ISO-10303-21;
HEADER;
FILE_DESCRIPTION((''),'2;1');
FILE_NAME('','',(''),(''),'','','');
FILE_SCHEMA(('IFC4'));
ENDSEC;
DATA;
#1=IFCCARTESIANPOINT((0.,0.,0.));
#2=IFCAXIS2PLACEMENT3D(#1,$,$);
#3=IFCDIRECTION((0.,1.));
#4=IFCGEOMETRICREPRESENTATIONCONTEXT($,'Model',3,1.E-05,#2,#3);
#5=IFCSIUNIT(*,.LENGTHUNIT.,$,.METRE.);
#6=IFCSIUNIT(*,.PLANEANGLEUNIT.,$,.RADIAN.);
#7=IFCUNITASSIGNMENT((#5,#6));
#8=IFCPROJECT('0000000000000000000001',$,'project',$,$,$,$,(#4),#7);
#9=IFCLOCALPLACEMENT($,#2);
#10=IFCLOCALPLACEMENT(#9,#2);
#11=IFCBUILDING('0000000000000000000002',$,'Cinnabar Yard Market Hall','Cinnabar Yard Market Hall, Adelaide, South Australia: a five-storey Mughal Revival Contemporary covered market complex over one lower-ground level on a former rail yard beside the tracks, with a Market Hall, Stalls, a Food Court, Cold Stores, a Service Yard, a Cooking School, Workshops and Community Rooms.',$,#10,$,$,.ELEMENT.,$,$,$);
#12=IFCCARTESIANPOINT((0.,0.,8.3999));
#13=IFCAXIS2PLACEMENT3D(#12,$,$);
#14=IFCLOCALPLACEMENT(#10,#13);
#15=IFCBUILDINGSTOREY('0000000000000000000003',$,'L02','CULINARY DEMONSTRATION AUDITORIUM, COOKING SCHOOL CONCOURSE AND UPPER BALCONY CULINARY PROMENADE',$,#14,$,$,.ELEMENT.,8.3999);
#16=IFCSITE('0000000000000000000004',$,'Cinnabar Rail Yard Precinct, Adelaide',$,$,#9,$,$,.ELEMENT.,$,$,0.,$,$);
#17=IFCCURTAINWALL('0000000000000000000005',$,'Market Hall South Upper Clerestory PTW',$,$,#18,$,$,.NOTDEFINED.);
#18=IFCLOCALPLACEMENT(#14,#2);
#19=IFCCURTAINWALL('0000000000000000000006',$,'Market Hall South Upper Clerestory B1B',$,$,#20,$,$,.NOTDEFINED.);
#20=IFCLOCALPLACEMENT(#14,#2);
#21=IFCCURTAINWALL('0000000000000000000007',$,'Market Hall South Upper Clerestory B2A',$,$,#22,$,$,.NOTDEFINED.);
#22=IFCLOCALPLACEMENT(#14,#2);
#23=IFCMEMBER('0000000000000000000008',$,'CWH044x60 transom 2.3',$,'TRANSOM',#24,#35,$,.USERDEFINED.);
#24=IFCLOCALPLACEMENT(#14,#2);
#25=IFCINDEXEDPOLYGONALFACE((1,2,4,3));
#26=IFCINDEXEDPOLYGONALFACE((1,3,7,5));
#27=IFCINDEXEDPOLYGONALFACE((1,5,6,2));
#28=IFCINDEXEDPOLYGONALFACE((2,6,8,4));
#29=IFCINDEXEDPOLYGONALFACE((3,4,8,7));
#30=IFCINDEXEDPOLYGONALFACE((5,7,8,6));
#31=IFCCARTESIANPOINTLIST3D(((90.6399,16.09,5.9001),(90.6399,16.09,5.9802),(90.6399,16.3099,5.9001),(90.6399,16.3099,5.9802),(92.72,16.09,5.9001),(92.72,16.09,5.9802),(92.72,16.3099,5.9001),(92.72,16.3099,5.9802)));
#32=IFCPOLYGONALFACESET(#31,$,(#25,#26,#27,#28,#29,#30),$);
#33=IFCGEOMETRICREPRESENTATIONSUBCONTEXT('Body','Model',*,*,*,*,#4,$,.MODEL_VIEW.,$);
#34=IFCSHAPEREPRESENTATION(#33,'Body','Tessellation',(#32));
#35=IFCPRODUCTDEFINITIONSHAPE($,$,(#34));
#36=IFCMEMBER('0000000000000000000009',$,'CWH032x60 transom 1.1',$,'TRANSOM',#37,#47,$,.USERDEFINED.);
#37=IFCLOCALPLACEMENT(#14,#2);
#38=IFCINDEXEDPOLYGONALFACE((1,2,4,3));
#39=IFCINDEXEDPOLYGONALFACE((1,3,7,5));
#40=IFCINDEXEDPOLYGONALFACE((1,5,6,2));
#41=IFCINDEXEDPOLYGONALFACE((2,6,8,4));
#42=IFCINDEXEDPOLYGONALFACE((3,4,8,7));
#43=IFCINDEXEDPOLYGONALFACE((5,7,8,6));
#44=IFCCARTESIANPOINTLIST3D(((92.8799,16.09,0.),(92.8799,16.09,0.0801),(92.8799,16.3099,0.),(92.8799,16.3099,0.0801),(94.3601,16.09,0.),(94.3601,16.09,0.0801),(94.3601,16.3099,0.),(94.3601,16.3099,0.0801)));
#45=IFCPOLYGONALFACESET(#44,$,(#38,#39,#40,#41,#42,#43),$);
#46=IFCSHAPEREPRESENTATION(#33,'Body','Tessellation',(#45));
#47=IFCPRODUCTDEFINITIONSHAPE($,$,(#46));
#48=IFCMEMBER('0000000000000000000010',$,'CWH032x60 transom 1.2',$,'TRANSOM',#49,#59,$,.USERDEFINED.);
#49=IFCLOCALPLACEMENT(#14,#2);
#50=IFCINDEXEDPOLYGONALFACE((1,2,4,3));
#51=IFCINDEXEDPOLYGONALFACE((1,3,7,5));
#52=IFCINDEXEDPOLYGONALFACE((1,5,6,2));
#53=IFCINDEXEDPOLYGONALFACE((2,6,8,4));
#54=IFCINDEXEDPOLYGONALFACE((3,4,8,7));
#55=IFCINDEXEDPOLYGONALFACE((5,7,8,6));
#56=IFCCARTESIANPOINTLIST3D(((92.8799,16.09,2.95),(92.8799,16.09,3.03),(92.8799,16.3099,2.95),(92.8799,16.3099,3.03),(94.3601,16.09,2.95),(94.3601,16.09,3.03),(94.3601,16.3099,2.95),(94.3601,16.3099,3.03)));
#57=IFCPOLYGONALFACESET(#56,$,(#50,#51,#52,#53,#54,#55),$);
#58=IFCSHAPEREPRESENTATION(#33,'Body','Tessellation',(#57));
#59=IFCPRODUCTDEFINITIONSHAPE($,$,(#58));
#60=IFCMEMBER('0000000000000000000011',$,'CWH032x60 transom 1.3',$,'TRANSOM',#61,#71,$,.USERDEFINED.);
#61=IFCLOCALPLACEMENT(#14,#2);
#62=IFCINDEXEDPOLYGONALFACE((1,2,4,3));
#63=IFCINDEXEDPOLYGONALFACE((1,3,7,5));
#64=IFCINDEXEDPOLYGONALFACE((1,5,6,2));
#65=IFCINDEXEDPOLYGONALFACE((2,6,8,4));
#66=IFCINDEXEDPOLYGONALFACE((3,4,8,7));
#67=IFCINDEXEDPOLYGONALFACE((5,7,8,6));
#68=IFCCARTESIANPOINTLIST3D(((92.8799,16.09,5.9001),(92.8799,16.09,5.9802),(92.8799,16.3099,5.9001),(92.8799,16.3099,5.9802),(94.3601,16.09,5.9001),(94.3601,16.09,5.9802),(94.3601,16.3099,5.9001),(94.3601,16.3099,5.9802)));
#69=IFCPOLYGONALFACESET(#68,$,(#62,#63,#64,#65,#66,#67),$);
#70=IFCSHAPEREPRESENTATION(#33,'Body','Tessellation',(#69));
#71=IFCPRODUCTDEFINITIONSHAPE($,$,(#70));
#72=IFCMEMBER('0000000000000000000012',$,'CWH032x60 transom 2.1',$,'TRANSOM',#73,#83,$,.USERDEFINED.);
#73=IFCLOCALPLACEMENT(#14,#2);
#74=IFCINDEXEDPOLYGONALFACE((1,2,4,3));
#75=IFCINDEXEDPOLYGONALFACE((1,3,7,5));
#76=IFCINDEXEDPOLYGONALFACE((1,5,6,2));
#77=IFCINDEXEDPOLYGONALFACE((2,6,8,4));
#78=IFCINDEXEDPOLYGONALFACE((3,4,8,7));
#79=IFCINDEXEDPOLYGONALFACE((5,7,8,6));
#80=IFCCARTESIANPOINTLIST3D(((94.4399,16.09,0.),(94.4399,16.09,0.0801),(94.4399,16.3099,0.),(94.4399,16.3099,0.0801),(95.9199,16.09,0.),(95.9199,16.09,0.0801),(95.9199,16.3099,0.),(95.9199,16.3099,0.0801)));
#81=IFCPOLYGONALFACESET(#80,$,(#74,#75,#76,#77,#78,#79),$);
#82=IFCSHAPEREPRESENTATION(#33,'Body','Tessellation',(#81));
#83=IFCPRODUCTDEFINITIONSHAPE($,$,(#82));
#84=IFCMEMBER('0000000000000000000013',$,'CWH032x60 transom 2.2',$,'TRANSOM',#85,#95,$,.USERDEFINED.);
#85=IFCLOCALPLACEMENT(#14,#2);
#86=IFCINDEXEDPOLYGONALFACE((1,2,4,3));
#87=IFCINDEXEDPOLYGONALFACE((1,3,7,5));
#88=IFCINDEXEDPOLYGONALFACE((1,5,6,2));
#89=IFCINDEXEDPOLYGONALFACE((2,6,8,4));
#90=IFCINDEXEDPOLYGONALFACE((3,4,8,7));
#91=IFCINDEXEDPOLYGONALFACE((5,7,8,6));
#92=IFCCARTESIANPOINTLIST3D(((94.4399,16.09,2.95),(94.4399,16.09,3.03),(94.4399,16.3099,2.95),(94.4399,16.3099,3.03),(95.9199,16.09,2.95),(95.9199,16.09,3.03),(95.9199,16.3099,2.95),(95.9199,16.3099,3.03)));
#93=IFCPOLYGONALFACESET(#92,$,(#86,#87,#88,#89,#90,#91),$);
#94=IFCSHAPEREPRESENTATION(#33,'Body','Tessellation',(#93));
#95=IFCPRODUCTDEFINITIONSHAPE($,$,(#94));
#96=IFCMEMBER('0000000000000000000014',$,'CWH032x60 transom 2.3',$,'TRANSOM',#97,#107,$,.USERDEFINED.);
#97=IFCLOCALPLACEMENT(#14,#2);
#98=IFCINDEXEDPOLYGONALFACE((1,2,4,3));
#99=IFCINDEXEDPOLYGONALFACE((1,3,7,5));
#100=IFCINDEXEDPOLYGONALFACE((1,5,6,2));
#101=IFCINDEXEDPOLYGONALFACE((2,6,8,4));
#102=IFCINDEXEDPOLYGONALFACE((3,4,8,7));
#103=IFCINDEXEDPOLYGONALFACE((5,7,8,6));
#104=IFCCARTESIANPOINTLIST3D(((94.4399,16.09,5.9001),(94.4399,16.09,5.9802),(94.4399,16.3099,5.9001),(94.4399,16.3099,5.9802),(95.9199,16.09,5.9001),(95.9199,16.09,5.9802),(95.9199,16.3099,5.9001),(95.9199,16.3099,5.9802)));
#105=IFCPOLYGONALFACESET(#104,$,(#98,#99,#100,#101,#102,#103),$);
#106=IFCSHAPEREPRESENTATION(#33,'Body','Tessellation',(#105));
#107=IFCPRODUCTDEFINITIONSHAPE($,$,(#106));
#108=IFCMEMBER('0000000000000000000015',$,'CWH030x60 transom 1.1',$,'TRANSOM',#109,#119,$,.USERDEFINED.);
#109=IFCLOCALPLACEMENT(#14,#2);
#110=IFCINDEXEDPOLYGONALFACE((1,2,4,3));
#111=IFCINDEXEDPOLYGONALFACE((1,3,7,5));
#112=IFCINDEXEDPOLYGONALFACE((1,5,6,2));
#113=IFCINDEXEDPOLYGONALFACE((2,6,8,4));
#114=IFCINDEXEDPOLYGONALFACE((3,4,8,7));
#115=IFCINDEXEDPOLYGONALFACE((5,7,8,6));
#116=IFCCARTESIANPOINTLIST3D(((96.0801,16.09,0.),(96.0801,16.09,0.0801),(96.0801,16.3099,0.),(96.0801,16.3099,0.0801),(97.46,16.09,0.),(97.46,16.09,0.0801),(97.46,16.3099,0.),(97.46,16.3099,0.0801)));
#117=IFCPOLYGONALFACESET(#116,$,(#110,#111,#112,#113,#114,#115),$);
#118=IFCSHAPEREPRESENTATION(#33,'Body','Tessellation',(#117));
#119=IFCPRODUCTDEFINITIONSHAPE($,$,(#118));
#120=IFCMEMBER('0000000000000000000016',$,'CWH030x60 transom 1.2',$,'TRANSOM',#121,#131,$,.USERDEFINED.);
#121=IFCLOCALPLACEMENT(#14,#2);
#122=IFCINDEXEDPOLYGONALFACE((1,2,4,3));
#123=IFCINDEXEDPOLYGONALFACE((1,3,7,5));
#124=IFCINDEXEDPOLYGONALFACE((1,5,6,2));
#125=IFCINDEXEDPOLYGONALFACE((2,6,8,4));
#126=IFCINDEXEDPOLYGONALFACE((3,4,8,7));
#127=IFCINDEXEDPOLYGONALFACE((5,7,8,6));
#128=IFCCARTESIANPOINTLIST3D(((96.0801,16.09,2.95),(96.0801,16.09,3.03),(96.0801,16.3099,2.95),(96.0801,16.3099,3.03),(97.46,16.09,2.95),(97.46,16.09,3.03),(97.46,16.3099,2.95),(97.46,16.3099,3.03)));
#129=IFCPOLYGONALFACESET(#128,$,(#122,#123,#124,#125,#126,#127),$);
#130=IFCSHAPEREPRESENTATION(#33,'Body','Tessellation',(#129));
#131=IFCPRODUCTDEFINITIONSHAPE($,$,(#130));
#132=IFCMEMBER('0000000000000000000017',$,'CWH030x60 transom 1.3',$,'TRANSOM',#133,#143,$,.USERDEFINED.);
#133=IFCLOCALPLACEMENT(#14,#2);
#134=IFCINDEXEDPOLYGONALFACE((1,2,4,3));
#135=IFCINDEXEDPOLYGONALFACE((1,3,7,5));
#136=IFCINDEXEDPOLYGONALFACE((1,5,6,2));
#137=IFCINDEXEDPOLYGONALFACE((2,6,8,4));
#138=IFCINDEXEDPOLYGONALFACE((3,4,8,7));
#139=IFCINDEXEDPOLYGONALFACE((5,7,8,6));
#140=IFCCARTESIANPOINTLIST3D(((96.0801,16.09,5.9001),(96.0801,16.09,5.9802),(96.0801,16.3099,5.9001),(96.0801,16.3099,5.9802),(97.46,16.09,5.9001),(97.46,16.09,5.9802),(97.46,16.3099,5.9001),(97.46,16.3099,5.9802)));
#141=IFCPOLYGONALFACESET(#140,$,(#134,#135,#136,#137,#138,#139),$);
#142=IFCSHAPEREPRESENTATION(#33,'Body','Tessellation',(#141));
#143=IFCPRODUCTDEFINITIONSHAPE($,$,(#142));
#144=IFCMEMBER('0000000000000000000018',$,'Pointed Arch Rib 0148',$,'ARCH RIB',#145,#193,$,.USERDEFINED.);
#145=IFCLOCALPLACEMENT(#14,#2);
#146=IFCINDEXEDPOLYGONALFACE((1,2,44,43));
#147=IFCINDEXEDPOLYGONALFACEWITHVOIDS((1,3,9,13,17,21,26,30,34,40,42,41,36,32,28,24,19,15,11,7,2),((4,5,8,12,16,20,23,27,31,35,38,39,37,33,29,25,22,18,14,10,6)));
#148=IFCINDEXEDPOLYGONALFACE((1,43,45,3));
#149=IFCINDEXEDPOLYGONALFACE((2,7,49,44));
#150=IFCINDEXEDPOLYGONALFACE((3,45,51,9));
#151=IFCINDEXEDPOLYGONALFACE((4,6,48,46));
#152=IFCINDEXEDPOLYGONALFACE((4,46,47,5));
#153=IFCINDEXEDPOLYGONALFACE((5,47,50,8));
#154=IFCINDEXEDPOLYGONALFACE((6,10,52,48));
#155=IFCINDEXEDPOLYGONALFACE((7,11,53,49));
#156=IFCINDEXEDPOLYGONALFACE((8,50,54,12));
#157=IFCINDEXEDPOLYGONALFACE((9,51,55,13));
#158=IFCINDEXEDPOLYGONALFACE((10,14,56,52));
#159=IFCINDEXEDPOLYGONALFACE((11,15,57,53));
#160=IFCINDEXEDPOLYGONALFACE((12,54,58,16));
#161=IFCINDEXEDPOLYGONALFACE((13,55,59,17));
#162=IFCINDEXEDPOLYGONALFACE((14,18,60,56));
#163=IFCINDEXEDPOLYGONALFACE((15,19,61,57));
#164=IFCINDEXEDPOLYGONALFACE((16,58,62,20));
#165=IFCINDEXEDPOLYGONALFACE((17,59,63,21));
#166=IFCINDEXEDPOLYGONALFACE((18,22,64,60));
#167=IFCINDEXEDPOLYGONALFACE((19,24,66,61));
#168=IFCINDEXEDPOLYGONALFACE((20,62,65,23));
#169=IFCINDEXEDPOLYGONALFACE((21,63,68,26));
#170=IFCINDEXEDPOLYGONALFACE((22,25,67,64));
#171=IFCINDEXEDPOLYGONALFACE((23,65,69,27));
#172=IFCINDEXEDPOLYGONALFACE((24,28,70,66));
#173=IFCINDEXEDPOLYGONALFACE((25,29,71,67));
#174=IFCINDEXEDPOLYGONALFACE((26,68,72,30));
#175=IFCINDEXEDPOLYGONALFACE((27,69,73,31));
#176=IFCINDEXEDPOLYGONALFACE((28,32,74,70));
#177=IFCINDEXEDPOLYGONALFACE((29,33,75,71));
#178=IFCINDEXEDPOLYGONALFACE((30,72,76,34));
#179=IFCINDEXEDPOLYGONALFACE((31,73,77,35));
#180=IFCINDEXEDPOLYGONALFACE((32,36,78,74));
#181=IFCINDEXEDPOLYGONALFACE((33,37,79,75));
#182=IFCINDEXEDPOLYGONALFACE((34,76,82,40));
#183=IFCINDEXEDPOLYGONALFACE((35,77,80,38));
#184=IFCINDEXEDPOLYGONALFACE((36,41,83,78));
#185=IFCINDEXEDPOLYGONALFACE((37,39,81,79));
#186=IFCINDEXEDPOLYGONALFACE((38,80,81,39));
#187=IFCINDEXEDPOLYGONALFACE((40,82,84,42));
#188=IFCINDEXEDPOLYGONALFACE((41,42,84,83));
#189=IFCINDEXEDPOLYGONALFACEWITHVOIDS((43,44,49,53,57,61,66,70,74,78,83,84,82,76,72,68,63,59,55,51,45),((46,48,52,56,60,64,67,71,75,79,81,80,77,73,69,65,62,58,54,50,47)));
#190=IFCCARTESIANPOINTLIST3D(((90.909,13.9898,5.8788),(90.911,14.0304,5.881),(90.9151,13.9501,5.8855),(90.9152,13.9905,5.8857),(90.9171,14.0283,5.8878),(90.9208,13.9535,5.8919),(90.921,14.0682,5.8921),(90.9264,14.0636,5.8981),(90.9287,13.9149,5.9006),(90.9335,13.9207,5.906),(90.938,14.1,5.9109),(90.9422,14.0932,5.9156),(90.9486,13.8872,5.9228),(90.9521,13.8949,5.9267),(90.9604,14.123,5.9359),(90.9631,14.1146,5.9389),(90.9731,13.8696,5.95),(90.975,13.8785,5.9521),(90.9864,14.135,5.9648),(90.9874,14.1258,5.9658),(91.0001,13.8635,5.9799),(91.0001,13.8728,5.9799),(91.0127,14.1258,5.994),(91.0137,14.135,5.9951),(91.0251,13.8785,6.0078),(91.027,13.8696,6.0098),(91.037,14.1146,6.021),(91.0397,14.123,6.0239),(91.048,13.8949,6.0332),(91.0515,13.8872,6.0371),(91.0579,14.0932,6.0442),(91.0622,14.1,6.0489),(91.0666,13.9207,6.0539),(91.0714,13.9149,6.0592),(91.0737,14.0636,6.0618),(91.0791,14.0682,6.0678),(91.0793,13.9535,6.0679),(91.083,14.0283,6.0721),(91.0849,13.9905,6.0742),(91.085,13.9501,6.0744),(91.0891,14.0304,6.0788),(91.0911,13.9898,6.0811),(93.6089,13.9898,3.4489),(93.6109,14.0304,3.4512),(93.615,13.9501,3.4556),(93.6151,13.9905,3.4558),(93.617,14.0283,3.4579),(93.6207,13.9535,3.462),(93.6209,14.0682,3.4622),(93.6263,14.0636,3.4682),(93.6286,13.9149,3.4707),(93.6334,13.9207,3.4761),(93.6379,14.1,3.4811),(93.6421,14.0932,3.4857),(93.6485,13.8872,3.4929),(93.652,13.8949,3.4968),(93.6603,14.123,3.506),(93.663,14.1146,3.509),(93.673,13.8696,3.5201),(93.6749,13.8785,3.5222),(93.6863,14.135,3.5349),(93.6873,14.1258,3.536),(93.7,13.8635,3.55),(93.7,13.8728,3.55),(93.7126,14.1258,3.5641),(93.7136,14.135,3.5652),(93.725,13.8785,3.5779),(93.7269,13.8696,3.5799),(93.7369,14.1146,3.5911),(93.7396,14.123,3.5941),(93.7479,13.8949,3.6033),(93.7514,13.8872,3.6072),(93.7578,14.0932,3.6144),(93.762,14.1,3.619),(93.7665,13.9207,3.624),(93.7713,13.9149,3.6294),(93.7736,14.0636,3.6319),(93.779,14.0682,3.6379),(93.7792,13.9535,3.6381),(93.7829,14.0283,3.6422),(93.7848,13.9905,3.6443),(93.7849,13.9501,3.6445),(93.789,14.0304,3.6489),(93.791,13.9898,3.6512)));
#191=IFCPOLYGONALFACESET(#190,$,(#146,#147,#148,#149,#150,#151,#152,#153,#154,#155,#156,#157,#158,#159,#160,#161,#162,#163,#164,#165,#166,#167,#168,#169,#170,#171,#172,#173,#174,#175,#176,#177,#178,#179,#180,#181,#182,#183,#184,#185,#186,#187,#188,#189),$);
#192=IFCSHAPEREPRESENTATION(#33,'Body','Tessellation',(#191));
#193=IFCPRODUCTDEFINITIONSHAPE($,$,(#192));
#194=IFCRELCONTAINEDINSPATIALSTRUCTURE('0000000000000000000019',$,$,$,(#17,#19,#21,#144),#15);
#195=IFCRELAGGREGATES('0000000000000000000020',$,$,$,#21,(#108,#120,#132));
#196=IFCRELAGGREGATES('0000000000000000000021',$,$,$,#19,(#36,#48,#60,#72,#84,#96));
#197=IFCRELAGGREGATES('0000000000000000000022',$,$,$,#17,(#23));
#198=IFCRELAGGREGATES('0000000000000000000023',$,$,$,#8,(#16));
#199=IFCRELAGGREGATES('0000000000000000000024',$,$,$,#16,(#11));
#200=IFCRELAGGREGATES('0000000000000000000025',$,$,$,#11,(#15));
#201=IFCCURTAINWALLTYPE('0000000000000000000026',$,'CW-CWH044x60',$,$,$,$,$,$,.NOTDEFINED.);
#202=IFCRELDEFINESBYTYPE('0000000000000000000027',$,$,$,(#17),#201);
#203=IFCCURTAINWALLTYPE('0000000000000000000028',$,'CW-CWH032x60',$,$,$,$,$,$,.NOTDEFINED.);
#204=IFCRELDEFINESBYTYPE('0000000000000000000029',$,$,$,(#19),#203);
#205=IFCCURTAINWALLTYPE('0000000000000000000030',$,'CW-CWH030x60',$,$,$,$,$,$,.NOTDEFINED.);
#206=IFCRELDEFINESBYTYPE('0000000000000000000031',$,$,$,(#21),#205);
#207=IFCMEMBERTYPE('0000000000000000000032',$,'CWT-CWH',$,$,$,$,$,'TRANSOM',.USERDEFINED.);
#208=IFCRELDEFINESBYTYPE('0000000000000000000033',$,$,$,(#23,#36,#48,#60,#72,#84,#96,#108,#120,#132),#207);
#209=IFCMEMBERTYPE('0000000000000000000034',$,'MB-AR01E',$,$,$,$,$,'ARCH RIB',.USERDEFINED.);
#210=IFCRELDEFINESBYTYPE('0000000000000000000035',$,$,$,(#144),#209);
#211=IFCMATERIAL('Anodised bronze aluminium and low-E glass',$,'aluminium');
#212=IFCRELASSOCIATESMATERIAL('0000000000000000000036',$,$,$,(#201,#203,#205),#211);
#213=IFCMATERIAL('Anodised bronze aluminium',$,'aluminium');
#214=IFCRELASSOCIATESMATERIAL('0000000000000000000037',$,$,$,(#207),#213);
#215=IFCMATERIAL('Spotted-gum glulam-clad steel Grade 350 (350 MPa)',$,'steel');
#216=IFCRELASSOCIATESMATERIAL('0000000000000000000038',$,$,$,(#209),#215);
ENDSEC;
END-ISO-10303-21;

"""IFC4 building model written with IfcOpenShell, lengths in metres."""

from ifc_helpers import new_model, si_unit, direction, frame, origin, origin_2d_with_axis, place, context, subcontext, project, spatial, rectangle, hollow_circle, extrude, material, material_profile, profile_set, type_object, element, aggregate, save


model = new_model("IFC4")

# Units and contexts
model_context = context("Model", 3, precision=1e-05, world=origin(), true_north=direction((0.0, 1.0)))
body_context = subcontext(model_context, "Body", "Model", "MODEL_VIEW")
ifc_project = project(units=[si_unit("LENGTHUNIT", "METRE"), si_unit("PLANEANGLEUNIT", "RADIAN")], contexts=[model_context])

# Site, building, storey
site_placement = place(None, origin())
site = spatial("IfcSite", under=ifc_project, at=site_placement, Name="Cinnabar Rail Yard Precinct, Adelaide", CompositionType="ELEMENT", RefElevation=0.0)
building_placement = place(site_placement, origin())
building = spatial("IfcBuilding", under=site, at=building_placement, Name="Cinnabar Yard Market Hall", Description="Cinnabar Yard Market Hall, Adelaide, South Australia: a five-storey Mughal Revival Contemporary covered market complex over one lower-ground level on a former rail yard beside the tracks, with a Market Hall, Stalls, a Food Court, Cold Stores, a Service Yard, a Cooking School, Workshops and Community Rooms.", CompositionType="ELEMENT")
storey_placement = place(building_placement, frame((0.0, 0.0, 8.3999)))
storey = spatial("IfcBuildingStorey", under=building, at=storey_placement, Name="L02", Description="CULINARY DEMONSTRATION AUDITORIUM, COOKING SCHOOL CONCOURSE AND UPPER BALCONY CULINARY PROMENADE", CompositionType="ELEMENT", Elevation=8.3999)

# Shared definitions
ifc_material_1 = material(Name="Spotted-gum glulam-clad steel Grade 350 (350 MPa)", Category="steel")

# Curtain wall
ifc_material_2 = material(Name="Anodised bronze aluminium and low-E glass", Category="aluminium")
curtain_wall_type_1 = type_object("IfcCurtainWallType", Name="CW-CWH044x60", PredefinedType="NOTDEFINED", material=ifc_material_2)
curtain_wall_1_placement = place(storey_placement, origin())
curtain_wall_1 = element("IfcCurtainWall", 1, at=curtain_wall_1_placement, inside=storey, type_object=curtain_wall_type_1, Name="Market Hall South Upper Clerestory PTW", PredefinedType="NOTDEFINED")
ifc_material_3 = material(Name="Anodised bronze aluminium", Category="aluminium")

# Curtain wall
curtain_wall_type_2 = type_object("IfcCurtainWallType", Name="CW-CWH032x60", PredefinedType="NOTDEFINED", material=ifc_material_2)
curtain_wall_2_placement = place(storey_placement, origin())
curtain_wall_2 = element("IfcCurtainWall", 2, at=curtain_wall_2_placement, inside=storey, type_object=curtain_wall_type_2, Name="Market Hall South Upper Clerestory B1B", PredefinedType="NOTDEFINED")

# Curtain wall
curtain_wall_type_3 = type_object("IfcCurtainWallType", Name="CW-CWH030x60", PredefinedType="NOTDEFINED", material=ifc_material_2)
curtain_wall_3_placement = place(storey_placement, origin())
curtain_wall_3 = element("IfcCurtainWall", 3, at=curtain_wall_3_placement, inside=storey, type_object=curtain_wall_type_3, Name="Market Hall South Upper Clerestory B2A", PredefinedType="NOTDEFINED")

# Members
ifc_material_profile_1 = material_profile(ifc_material_3, rectangle(XDim=0.22, YDim=0.0801, at=origin_2d_with_axis()), Name="TRN-CWH")
ifc_profile_set_1 = profile_set([ifc_material_profile_1], Name="Anodised bronze aluminium")
member_type_1 = type_object("IfcMemberType", Name="CWT-CWH", ElementType="TRANSOM", PredefinedType="USERDEFINED", material=ifc_profile_set_1)
member_1_placement = place(storey_placement, frame((90.6399, 16.2, 5.9402), z_axis=(1.0, 0.0, 0.0), x_axis=(0.0, 1.0, 0.0)))
member_1 = element("IfcMember", 4, at=member_1_placement, type_object=member_type_1, Name="CWH044x60 transom 2.3", ObjectType="TRANSOM", PredefinedType="USERDEFINED", context=body_context, shape_type="SweptSolid", body=[
    extrude(rectangle(XDim=0.22, YDim=0.0801, at=origin_2d_with_axis()), origin(), (0.0, 0.0, 1.0), 2.0801),
])
member_2_placement = place(storey_placement, frame((92.8799, 16.2, 0.04), z_axis=(1.0, 0.0, 0.0), x_axis=(0.0, 1.0, 0.0)))
member_2 = element("IfcMember", 5, at=member_2_placement, type_object=member_type_1, Name="CWH032x60 transom 1.1", ObjectType="TRANSOM", PredefinedType="USERDEFINED", context=body_context, shape_type="SweptSolid", body=[
    extrude(rectangle(XDim=0.22, YDim=0.0801, at=origin_2d_with_axis()), origin(), (0.0, 0.0, 1.0), 1.4802),
])
member_3_placement = place(storey_placement, frame((92.8799, 16.2, 2.99), z_axis=(1.0, 0.0, 0.0), x_axis=(0.0, 1.0, 0.0)))
member_3 = element("IfcMember", 6, at=member_3_placement, type_object=member_type_1, Name="CWH032x60 transom 1.2", ObjectType="TRANSOM", PredefinedType="USERDEFINED", context=body_context, shape_type="SweptSolid", body=[
    extrude(rectangle(XDim=0.22, YDim=0.0801, at=origin_2d_with_axis()), origin(), (0.0, 0.0, 1.0), 1.4802),
])
member_4_placement = place(storey_placement, frame((92.8799, 16.2, 5.9402), z_axis=(1.0, 0.0, 0.0), x_axis=(0.0, 1.0, 0.0)))
member_4 = element("IfcMember", 7, at=member_4_placement, type_object=member_type_1, Name="CWH032x60 transom 1.3", ObjectType="TRANSOM", PredefinedType="USERDEFINED", context=body_context, shape_type="SweptSolid", body=[
    extrude(rectangle(XDim=0.22, YDim=0.0801, at=origin_2d_with_axis()), origin(), (0.0, 0.0, 1.0), 1.4802),
])
member_5_placement = place(storey_placement, frame((94.4399, 16.2, 0.04), z_axis=(1.0, 0.0, 0.0), x_axis=(0.0, 1.0, 0.0)))
member_5 = element("IfcMember", 8, at=member_5_placement, type_object=member_type_1, Name="CWH032x60 transom 2.1", ObjectType="TRANSOM", PredefinedType="USERDEFINED", context=body_context, shape_type="SweptSolid", body=[
    extrude(rectangle(XDim=0.22, YDim=0.0801, at=origin_2d_with_axis()), origin(), (0.0, 0.0, 1.0), 1.48),
])
member_6_placement = place(storey_placement, frame((94.4399, 16.2, 2.99), z_axis=(1.0, 0.0, 0.0), x_axis=(0.0, 1.0, 0.0)))
member_6 = element("IfcMember", 9, at=member_6_placement, type_object=member_type_1, Name="CWH032x60 transom 2.2", ObjectType="TRANSOM", PredefinedType="USERDEFINED", context=body_context, shape_type="SweptSolid", body=[
    extrude(rectangle(XDim=0.22, YDim=0.0801, at=origin_2d_with_axis()), origin(), (0.0, 0.0, 1.0), 1.48),
])
member_7_placement = place(storey_placement, frame((94.4399, 16.2, 5.9402), z_axis=(1.0, 0.0, 0.0), x_axis=(0.0, 1.0, 0.0)))
member_7 = element("IfcMember", 10, at=member_7_placement, type_object=member_type_1, Name="CWH032x60 transom 2.3", ObjectType="TRANSOM", PredefinedType="USERDEFINED", context=body_context, shape_type="SweptSolid", body=[
    extrude(rectangle(XDim=0.22, YDim=0.0801, at=origin_2d_with_axis()), origin(), (0.0, 0.0, 1.0), 1.48),
])
member_8_placement = place(storey_placement, frame((96.0801, 16.2, 0.04), z_axis=(1.0, 0.0, 0.0), x_axis=(0.0, 1.0, 0.0)))
member_8 = element("IfcMember", 11, at=member_8_placement, type_object=member_type_1, Name="CWH030x60 transom 1.1", ObjectType="TRANSOM", PredefinedType="USERDEFINED", context=body_context, shape_type="SweptSolid", body=[
    extrude(rectangle(XDim=0.22, YDim=0.0801, at=origin_2d_with_axis()), origin(), (0.0, 0.0, 1.0), 1.3799),
])
member_9_placement = place(storey_placement, frame((96.0801, 16.2, 2.99), z_axis=(1.0, 0.0, 0.0), x_axis=(0.0, 1.0, 0.0)))
member_9 = element("IfcMember", 12, at=member_9_placement, type_object=member_type_1, Name="CWH030x60 transom 1.2", ObjectType="TRANSOM", PredefinedType="USERDEFINED", context=body_context, shape_type="SweptSolid", body=[
    extrude(rectangle(XDim=0.22, YDim=0.0801, at=origin_2d_with_axis()), origin(), (0.0, 0.0, 1.0), 1.3799),
])
member_10_placement = place(storey_placement, frame((96.0801, 16.2, 5.9402), z_axis=(1.0, 0.0, 0.0), x_axis=(0.0, 1.0, 0.0)))
member_10 = element("IfcMember", 13, at=member_10_placement, type_object=member_type_1, Name="CWH030x60 transom 1.3", ObjectType="TRANSOM", PredefinedType="USERDEFINED", context=body_context, shape_type="SweptSolid", body=[
    extrude(rectangle(XDim=0.22, YDim=0.0801, at=origin_2d_with_axis()), origin(), (0.0, 0.0, 1.0), 1.3799),
])
aggregate(curtain_wall_3, [member_8, member_9, member_10])

# Member
ifc_material_profile_2 = material_profile(ifc_material_1, hollow_circle(Radius=0.1365, WallThickness=0.0093, at=origin_2d_with_axis()), Name="273.1x9.3CHS")
ifc_profile_set_2 = profile_set([ifc_material_profile_2], Name="Spotted-gum glulam-clad steel Grade 350 (350 MPa)")
member_type_2 = type_object("IfcMemberType", Name="MB-AR01E", ElementType="ARCH RIB", PredefinedType="USERDEFINED", material=ifc_profile_set_2)
member_11_placement = place(storey_placement, frame((93.7, 14.0, 3.55), z_axis=(-0.743297, 0.0, 0.668961), x_axis=(0.0, -1.0, 0.0)))
element("IfcMember", 14, at=member_11_placement, inside=storey, type_object=member_type_2, Name="Pointed Arch Rib 0148", ObjectType="ARCH RIB", PredefinedType="USERDEFINED", context=body_context, shape_type="SweptSolid", body=[
    extrude(hollow_circle(Radius=0.1365, WallThickness=0.0093, at=origin_2d_with_axis()), origin(), (0.0, 0.0, 1.0), 3.6323),
])

aggregate(curtain_wall_2, [member_2, member_3, member_4, member_5, member_6, member_7])
aggregate(curtain_wall_1, [member_1])

save(model, "model.ifc")
